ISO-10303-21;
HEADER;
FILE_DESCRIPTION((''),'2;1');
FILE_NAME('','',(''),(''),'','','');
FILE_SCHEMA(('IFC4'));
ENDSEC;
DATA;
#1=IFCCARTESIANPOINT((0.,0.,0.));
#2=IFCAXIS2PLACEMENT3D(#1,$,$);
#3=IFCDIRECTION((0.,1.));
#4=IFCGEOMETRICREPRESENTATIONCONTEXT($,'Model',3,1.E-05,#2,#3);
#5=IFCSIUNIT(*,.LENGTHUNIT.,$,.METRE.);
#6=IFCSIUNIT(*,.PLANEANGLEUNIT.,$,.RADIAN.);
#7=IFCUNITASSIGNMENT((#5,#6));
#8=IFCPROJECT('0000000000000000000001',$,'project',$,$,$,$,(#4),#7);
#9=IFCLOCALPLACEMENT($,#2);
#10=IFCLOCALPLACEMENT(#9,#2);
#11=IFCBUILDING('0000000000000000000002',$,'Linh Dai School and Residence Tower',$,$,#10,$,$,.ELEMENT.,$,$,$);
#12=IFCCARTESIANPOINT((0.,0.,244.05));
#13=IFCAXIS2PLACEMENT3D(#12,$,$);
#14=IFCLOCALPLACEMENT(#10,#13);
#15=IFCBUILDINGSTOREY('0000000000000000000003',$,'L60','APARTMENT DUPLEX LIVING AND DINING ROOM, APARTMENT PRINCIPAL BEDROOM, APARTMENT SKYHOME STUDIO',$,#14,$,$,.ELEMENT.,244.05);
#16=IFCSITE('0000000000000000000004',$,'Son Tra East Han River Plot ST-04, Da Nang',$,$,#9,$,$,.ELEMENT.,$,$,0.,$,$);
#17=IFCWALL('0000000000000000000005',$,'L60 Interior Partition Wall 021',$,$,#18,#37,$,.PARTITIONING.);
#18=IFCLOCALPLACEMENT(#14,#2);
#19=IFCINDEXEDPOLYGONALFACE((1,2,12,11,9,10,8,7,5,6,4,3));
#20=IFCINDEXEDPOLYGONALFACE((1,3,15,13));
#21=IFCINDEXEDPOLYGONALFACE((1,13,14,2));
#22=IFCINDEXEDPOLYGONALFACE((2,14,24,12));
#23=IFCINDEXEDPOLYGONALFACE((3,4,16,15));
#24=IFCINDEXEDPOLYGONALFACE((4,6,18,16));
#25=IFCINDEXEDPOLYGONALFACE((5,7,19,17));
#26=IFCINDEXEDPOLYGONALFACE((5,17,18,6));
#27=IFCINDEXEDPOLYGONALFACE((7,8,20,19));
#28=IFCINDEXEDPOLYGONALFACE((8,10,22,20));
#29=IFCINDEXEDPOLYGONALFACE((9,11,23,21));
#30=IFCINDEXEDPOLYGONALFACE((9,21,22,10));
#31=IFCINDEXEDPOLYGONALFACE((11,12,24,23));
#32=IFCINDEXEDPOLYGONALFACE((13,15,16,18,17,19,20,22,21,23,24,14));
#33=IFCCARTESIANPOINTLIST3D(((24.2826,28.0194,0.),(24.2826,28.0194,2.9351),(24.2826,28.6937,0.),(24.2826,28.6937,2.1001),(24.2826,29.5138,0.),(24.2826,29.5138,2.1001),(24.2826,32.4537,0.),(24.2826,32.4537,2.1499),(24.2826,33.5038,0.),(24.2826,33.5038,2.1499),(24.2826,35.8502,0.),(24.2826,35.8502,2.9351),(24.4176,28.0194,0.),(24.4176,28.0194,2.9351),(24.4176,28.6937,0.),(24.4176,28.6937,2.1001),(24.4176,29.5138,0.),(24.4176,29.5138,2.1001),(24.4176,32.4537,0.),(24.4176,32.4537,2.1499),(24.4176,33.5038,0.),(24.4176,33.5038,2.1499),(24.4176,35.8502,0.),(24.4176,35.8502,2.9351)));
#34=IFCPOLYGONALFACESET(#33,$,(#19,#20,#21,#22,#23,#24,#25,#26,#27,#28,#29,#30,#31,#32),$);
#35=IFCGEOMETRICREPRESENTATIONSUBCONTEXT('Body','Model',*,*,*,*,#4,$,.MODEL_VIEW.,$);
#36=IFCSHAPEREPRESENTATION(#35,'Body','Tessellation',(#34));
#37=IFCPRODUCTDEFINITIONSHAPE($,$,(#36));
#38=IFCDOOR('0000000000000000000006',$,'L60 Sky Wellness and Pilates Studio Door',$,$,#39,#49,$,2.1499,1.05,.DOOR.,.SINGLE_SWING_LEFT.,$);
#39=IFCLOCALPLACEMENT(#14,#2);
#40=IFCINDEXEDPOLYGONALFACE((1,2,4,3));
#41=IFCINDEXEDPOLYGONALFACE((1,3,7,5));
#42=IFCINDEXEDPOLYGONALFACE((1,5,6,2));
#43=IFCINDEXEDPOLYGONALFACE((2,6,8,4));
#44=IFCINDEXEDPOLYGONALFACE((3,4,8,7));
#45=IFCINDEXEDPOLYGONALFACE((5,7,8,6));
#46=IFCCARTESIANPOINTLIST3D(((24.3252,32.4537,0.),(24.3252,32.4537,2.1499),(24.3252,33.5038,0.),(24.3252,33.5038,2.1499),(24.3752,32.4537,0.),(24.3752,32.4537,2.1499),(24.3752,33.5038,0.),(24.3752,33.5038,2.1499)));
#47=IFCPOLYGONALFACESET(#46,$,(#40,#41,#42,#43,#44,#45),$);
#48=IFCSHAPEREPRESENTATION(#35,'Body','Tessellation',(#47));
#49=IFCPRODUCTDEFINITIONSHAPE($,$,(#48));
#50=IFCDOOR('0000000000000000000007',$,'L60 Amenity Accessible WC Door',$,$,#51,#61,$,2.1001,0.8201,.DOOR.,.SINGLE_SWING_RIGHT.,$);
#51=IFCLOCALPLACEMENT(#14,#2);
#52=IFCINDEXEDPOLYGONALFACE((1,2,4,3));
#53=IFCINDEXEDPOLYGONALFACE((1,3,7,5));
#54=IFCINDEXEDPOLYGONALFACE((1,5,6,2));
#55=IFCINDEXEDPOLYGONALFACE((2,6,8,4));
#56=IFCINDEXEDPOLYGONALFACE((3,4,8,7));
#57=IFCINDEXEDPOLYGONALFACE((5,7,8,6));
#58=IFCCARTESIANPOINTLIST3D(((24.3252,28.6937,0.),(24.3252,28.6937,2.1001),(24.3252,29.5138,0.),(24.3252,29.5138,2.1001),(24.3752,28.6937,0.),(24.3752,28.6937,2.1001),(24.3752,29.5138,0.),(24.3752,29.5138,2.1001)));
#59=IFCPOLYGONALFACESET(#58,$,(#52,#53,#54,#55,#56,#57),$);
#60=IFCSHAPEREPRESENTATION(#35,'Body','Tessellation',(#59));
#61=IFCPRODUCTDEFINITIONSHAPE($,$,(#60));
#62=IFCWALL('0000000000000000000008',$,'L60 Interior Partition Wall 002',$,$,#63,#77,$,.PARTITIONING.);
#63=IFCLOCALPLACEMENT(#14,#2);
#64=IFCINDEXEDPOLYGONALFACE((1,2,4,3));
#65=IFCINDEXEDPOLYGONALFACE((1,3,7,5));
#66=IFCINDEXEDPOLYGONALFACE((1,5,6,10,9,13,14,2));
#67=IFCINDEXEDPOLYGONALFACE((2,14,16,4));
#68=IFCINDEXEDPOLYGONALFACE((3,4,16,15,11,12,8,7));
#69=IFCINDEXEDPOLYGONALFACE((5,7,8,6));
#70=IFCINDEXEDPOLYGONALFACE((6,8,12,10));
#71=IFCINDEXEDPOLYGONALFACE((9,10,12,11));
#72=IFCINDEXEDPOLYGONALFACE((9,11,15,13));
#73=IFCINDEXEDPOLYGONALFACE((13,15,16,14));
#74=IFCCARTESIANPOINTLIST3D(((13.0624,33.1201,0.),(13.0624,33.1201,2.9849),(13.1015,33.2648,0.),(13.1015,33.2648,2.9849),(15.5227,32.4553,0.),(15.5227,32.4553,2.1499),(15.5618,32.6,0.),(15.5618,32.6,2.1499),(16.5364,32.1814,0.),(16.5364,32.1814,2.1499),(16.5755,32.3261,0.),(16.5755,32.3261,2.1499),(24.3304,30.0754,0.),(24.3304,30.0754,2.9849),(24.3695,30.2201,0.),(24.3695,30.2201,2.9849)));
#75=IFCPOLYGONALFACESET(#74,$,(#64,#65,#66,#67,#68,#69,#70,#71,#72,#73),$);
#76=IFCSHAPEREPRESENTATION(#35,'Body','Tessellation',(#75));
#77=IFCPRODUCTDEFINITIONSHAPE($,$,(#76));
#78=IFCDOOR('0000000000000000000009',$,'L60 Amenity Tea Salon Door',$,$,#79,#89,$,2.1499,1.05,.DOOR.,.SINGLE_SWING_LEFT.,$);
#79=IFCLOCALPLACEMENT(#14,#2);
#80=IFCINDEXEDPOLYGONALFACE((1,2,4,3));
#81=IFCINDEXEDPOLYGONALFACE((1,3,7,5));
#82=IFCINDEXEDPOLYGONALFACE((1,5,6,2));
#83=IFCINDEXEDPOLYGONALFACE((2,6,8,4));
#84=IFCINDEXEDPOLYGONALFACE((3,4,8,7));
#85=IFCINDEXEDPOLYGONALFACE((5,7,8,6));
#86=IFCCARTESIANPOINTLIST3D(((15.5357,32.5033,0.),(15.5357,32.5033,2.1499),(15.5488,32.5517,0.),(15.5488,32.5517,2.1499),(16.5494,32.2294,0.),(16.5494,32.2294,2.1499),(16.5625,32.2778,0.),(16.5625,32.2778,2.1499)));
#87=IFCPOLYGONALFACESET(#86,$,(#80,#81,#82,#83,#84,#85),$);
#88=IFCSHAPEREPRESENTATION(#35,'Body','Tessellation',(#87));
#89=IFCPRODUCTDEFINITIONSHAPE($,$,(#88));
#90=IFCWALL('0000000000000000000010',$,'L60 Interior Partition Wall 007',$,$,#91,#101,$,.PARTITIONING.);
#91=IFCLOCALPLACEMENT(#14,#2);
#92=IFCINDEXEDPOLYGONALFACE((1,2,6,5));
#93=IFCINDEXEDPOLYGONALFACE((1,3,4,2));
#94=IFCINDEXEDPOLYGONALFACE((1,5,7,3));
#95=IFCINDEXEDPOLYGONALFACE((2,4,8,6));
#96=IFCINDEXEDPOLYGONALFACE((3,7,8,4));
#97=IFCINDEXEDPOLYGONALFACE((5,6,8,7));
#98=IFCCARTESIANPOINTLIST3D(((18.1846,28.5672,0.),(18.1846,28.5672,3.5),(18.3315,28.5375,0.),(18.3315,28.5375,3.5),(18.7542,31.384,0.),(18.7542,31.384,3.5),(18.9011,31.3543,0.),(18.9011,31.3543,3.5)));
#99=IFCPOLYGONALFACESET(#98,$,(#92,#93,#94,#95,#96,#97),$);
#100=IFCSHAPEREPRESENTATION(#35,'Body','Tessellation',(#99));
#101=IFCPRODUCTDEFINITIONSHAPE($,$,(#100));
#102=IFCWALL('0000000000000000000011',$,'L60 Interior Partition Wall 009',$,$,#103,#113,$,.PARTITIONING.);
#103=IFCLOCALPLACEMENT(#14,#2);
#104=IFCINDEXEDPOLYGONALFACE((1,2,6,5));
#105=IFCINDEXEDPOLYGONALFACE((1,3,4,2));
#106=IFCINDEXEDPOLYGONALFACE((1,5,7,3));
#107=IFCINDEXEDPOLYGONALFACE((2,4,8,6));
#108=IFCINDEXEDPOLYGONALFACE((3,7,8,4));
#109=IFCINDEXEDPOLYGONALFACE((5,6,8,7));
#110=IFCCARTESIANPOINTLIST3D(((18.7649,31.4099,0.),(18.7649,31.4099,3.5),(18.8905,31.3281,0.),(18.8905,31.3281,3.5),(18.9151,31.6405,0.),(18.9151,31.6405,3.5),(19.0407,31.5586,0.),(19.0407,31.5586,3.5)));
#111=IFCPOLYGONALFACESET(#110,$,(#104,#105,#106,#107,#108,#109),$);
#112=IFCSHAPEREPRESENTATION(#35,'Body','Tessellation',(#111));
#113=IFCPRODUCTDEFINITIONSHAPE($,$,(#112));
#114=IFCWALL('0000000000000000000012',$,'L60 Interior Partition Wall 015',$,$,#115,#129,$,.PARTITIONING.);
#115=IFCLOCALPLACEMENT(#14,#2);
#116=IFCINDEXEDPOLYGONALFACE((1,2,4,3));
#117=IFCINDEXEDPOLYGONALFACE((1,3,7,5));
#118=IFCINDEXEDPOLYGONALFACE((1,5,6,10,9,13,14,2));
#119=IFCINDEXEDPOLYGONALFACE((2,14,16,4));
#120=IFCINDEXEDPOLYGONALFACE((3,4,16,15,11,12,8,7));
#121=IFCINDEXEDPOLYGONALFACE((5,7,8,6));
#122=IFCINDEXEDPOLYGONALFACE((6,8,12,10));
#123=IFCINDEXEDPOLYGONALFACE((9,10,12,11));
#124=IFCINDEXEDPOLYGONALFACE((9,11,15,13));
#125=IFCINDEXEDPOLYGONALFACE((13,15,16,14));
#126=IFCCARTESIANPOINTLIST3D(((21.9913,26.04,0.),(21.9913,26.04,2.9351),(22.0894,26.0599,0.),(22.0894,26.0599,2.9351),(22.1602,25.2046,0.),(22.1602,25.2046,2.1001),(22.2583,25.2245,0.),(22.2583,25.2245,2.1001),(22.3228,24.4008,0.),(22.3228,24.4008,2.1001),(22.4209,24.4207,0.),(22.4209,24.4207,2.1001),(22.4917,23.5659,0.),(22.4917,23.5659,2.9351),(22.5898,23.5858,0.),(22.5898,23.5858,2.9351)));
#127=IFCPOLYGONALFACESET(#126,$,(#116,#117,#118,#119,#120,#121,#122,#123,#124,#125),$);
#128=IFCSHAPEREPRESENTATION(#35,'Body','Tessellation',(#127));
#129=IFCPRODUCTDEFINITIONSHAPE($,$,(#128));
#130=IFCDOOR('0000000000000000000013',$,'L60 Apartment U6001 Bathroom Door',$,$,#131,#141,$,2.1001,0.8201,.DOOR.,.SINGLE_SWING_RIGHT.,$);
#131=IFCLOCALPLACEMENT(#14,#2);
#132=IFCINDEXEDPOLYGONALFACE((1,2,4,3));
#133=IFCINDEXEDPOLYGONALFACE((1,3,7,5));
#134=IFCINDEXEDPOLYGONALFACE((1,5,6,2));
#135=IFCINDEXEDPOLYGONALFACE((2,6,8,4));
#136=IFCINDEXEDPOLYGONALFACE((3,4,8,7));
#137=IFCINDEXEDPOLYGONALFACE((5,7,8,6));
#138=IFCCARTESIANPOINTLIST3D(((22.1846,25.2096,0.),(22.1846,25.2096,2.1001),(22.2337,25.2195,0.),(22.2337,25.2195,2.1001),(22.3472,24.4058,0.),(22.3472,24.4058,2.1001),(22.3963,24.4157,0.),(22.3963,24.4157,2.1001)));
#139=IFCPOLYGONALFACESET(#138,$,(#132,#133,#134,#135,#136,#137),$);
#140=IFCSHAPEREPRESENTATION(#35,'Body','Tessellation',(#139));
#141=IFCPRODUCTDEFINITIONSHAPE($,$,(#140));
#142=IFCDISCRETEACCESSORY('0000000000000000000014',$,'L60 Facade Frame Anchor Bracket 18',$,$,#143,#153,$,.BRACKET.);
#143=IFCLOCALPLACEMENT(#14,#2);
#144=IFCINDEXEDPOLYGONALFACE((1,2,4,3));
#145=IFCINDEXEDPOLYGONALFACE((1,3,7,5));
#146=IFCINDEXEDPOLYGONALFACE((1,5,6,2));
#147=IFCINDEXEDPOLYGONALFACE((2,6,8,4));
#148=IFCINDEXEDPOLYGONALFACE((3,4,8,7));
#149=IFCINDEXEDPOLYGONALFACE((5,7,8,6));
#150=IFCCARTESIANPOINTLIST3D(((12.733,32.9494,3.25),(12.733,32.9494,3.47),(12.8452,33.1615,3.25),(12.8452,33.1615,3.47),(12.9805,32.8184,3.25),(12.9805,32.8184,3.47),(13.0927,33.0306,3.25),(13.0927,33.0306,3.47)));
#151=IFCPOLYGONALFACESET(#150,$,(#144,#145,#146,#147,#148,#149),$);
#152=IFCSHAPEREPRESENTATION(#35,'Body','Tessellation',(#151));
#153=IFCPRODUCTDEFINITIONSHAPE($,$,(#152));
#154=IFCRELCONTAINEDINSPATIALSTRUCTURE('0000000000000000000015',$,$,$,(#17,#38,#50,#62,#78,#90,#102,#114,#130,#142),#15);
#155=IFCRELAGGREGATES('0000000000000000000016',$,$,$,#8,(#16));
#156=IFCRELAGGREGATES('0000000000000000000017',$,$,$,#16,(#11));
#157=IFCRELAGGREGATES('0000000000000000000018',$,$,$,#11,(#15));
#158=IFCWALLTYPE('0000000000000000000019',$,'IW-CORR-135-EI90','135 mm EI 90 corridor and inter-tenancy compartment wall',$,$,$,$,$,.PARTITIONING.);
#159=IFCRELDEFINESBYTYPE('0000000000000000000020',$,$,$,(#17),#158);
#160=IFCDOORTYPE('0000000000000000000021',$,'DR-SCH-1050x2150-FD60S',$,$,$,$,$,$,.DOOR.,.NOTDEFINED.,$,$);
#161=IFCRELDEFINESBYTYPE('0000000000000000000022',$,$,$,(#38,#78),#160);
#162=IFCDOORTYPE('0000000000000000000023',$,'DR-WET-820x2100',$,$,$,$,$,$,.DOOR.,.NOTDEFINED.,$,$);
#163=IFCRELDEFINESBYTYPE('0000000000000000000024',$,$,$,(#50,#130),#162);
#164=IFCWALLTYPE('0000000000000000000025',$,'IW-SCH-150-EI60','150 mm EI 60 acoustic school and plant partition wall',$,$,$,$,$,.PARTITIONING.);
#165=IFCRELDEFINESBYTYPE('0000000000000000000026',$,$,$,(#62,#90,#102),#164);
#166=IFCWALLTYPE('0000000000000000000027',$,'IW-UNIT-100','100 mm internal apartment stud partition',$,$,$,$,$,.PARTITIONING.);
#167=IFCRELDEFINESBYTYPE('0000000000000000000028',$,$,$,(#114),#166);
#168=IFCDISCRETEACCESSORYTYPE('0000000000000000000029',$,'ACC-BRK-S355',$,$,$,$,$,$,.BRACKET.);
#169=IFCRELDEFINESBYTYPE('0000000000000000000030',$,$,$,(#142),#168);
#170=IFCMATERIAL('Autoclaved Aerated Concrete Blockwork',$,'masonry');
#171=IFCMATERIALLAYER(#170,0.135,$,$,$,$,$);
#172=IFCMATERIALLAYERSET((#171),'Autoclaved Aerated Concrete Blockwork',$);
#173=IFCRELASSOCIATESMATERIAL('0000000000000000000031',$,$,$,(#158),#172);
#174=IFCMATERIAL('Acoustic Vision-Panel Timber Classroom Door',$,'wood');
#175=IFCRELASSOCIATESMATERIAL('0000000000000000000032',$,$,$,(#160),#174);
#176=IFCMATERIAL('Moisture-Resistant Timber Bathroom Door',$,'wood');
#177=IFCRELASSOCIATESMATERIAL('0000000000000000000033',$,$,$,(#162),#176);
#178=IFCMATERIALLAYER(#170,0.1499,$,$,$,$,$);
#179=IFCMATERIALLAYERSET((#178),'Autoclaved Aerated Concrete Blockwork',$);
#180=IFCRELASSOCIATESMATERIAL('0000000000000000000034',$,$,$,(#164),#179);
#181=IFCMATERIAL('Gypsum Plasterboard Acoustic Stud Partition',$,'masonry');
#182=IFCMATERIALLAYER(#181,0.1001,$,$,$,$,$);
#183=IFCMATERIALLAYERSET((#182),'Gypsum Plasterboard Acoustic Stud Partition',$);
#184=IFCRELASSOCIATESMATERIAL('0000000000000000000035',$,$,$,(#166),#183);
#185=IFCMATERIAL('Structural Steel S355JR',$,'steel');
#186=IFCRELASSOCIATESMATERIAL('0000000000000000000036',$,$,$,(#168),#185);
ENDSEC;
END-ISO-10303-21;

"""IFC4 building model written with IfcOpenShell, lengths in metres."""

from ifc_helpers import new_model, si_unit, direction, frame, frame_2d, origin, origin_2d, place, context, subcontext, project, spatial, rectangle, extrude, source, transform, mapped, material, layer, layer_set, type_object, element, fill, save


model = new_model("IFC4")

# Units and contexts
model_context = context("Model", 3, precision=1e-05, world=origin(), true_north=direction((0.0, 1.0)))
body_context = subcontext(model_context, "Body", "Model", "MODEL_VIEW")
ifc_project = project(units=[si_unit("LENGTHUNIT", "METRE"), si_unit("PLANEANGLEUNIT", "RADIAN")], contexts=[model_context])

# Site, building, storey
site_placement = place(None, origin())
site = spatial("IfcSite", under=ifc_project, at=site_placement, Name="Son Tra East Han River Plot ST-04, Da Nang", CompositionType="ELEMENT", RefElevation=0.0)
building_placement = place(site_placement, origin())
building = spatial("IfcBuilding", under=site, at=building_placement, Name="Linh Dai School and Residence Tower", CompositionType="ELEMENT")
storey_placement = place(building_placement, frame((0.0, 0.0, 244.05)))
storey = spatial("IfcBuildingStorey", under=building, at=storey_placement, Name="L60", Description="APARTMENT DUPLEX LIVING AND DINING ROOM, APARTMENT PRINCIPAL BEDROOM, APARTMENT SKYHOME STUDIO", CompositionType="ELEMENT", Elevation=244.05)

# Shared definitions
ifc_material_1 = material(Name="Structural Steel S355JR", Category="steel")

# Shared definitions
ifc_material_2 = material(Name="Autoclaved Aerated Concrete Blockwork", Category="masonry")
ifc_layer_1 = layer(ifc_material_2, 0.135)
ifc_layer_set_1 = layer_set([ifc_layer_1], Name="Autoclaved Aerated Concrete Blockwork")
wall_type_1 = type_object("IfcWallType", Name="IW-CORR-135-EI90", Description="135 mm EI 90 corridor and inter-tenancy compartment wall", PredefinedType="PARTITIONING", material=ifc_layer_set_1)

# Wall, openings, doors
wall_1_placement = place(storey_placement, frame((24.3501, 28.0193, 0.0), z_axis=(0.0, 0.0, 1.0), x_axis=(0.0, 1.0, 0.0)))
wall_1 = element("IfcWall", 1, at=wall_1_placement, inside=storey, type_object=wall_type_1, Name="L60 Interior Partition Wall 021", PredefinedType="PARTITIONING", context=body_context, shape_type="SweptSolid", body=[
    extrude(rectangle(XDim=7.8308, YDim=0.135, at=frame_2d((3.9155, 0.0))), origin(), (0.0, 0.0, 1.0), 2.9351),
])
opening_1_placement = place(wall_1_placement, frame((4.4346, 0.0, 0.0)))
opening_1 = element("IfcOpeningElement", 2, at=opening_1_placement, cuts=wall_1, PredefinedType="OPENING", context=body_context, shape_type="SweptSolid", body=[
    extrude(rectangle(XDim=1.05, YDim=2.1499, at=origin_2d()), frame((0.5249, 0.0776, 1.075), z_axis=(0.0, -1.0, 0.0), x_axis=(1.0, 0.0, 0.0)), (0.0, 0.0, 1.0), 0.155),
])
opening_2_placement = place(wall_1_placement, frame((0.6743, 0.0, 0.0)))
opening_2 = element("IfcOpeningElement", 3, at=opening_2_placement, cuts=wall_1, PredefinedType="OPENING", context=body_context, shape_type="SweptSolid", body=[
    extrude(rectangle(XDim=0.8201, YDim=2.1001, at=origin_2d()), frame((0.4102, 0.0776, 1.05), z_axis=(0.0, -1.0, 0.0), x_axis=(1.0, 0.0, 0.0)), (0.0, 0.0, 1.0), 0.155),
])
ifc_material_3 = material(Name="Acoustic Vision-Panel Timber Classroom Door", Category="wood")
door_type_1 = type_object("IfcDoorType", Name="DR-SCH-1050x2150-FD60S", OperationType="NOTDEFINED", PredefinedType="DOOR", material=ifc_material_3)
shared_shape_1 = source(origin(), body_context, "Body", "SweptSolid", [
    extrude(rectangle(XDim=1.05, YDim=2.1499, at=origin_2d()), frame((0.5249, 0.0249, 1.075), z_axis=(0.0, -1.0, 0.0), x_axis=(1.0, 0.0, 0.0)), (0.0, 0.0, 1.0), 0.05),
])
door_1_placement = place(opening_1_placement, origin())
door_1 = element("IfcDoor", 4, at=door_1_placement, inside=storey, type_object=door_type_1, Name="L60 Sky Wellness and Pilates Studio Door", OperationType="SINGLE_SWING_LEFT", OverallHeight=2.1499, OverallWidth=1.05, PredefinedType="DOOR", context=body_context, shape_type="MappedRepresentation", body=[
    mapped(shared_shape_1, transform((0.0, 0.0, 0.0), x_axis=(1.0, 0.0, 0.0), y_axis=(0.0, 1.0, 0.0), z_axis=(0.0, 0.0, 1.0), scale=1.0)),
])
fill(opening_1, door_1)
ifc_material_4 = material(Name="Moisture-Resistant Timber Bathroom Door", Category="wood")
door_type_2 = type_object("IfcDoorType", Name="DR-WET-820x2100", OperationType="NOTDEFINED", PredefinedType="DOOR", material=ifc_material_4)
shared_shape_2 = source(origin(), body_context, "Body", "SweptSolid", [
    extrude(rectangle(XDim=0.8201, YDim=2.1001, at=origin_2d()), frame((0.4102, 0.0249, 1.05), z_axis=(0.0, -1.0, 0.0), x_axis=(1.0, 0.0, 0.0)), (0.0, 0.0, 1.0), 0.05),
])
door_2_placement = place(opening_2_placement, origin())
door_2 = element("IfcDoor", 5, at=door_2_placement, inside=storey, type_object=door_type_2, Name="L60 Amenity Accessible WC Door", OperationType="SINGLE_SWING_RIGHT", OverallHeight=2.1001, OverallWidth=0.8201, PredefinedType="DOOR", context=body_context, shape_type="MappedRepresentation", body=[
    mapped(shared_shape_2, transform((0.0, 0.0, 0.0), x_axis=(1.0, 0.0, 0.0), y_axis=(0.0, 1.0, 0.0), z_axis=(0.0, 0.0, 1.0), scale=1.0)),
])
fill(opening_2, door_2)

# Wall, opening, door
ifc_layer_2 = layer(ifc_material_2, 0.1499)
ifc_layer_set_2 = layer_set([ifc_layer_2], Name="Autoclaved Aerated Concrete Blockwork")
wall_type_2 = type_object("IfcWallType", Name="IW-SCH-150-EI60", Description="150 mm EI 60 acoustic school and plant partition wall", PredefinedType="PARTITIONING", material=ifc_layer_set_2)
wall_2_placement = place(storey_placement, frame((13.082, 33.1924, 0.0), z_axis=(0.0, 0.0, 1.0), x_axis=(0.965379, -0.260849, 0.0)))
wall_2 = element("IfcWall", 6, at=wall_2_placement, inside=storey, type_object=wall_type_2, Name="L60 Interior Partition Wall 002", PredefinedType="PARTITIONING", context=body_context, shape_type="SweptSolid", body=[
    extrude(rectangle(XDim=11.6721, YDim=0.1499, at=frame_2d((5.8359, 0.0))), origin(), (0.0, 0.0, 1.0), 2.9849),
])
opening_3_placement = place(wall_2_placement, frame((2.5486, 0.0, 0.0)))
opening_3 = element("IfcOpeningElement", 7, at=opening_3_placement, cuts=wall_2, PredefinedType="OPENING", context=body_context, shape_type="SweptSolid", body=[
    extrude(rectangle(XDim=1.05, YDim=2.1499, at=origin_2d()), frame((0.5249, 0.085, 1.075), z_axis=(0.0, -1.0, 0.0), x_axis=(1.0, 0.0, 0.0)), (0.0, 0.0, 1.0), 0.1699),
])
door_3_placement = place(opening_3_placement, origin())
door_3 = element("IfcDoor", 8, at=door_3_placement, inside=storey, type_object=door_type_1, Name="L60 Amenity Tea Salon Door", OperationType="SINGLE_SWING_LEFT", OverallHeight=2.1499, OverallWidth=1.05, PredefinedType="DOOR", context=body_context, shape_type="MappedRepresentation", body=[
    mapped(shared_shape_1, transform((0.0, 0.0, 0.0), x_axis=(1.0, 0.0, 0.0), y_axis=(0.0, 1.0, 0.0), z_axis=(0.0, 0.0, 1.0), scale=1.0)),
])
fill(opening_3, door_3)

# Walls
wall_3_placement = place(storey_placement, frame((18.2581, 28.5522, 0.0), z_axis=(0.0, 0.0, 1.0), x_axis=(0.198207, 0.98016, 0.0)))
element("IfcWall", 9, at=wall_3_placement, inside=storey, type_object=wall_type_2, Name="L60 Interior Partition Wall 007", PredefinedType="PARTITIONING", context=body_context, shape_type="SweptSolid", body=[
    extrude(rectangle(XDim=2.8738, YDim=0.1499, at=frame_2d((1.437, 0.0))), origin(), (0.0, 0.0, 1.0), 3.5),
])
wall_4_placement = place(storey_placement, frame((18.8276, 31.3689, 0.0), z_axis=(0.0, 0.0, 1.0), x_axis=(0.545862, 0.837875, 0.0)))
element("IfcWall", 10, at=wall_4_placement, inside=storey, type_object=wall_type_2, Name="L60 Interior Partition Wall 009", PredefinedType="PARTITIONING", context=body_context, shape_type="SweptSolid", body=[
    extrude(rectangle(XDim=0.2751, YDim=0.1499, at=frame_2d((0.1377, 0.0))), origin(), (0.0, 0.0, 1.0), 3.5),
])

# Wall, opening, door
ifc_material_5 = material(Name="Gypsum Plasterboard Acoustic Stud Partition", Category="masonry")
ifc_layer_3 = layer(ifc_material_5, 0.1001)
ifc_layer_set_3 = layer_set([ifc_layer_3], Name="Gypsum Plasterboard Acoustic Stud Partition")
wall_type_3 = type_object("IfcWallType", Name="IW-UNIT-100", Description="100 mm internal apartment stud partition", PredefinedType="PARTITIONING", material=ifc_layer_set_3)
wall_5_placement = place(storey_placement, frame((22.0403, 26.05, 0.0), z_axis=(0.0, 0.0, 1.0), x_axis=(0.198273, -0.980147, 0.0)))
wall_5 = element("IfcWall", 11, at=wall_5_placement, inside=storey, type_object=wall_type_3, Name="L60 Interior Partition Wall 015", PredefinedType="PARTITIONING", context=body_context, shape_type="SweptSolid", body=[
    extrude(rectangle(XDim=2.5242, YDim=0.1001, at=frame_2d((1.2622, 0.0))), origin(), (0.0, 0.0, 1.0), 2.9351),
])
opening_4_placement = place(wall_5_placement, frame((0.8523, 0.0, 0.0)))
opening_4 = element("IfcOpeningElement", 12, at=opening_4_placement, cuts=wall_5, PredefinedType="OPENING", context=body_context, shape_type="SweptSolid", body=[
    extrude(rectangle(XDim=0.8201, YDim=2.1001, at=origin_2d()), frame((0.4102, 0.0601, 1.05), z_axis=(0.0, -1.0, 0.0), x_axis=(1.0, 0.0, 0.0)), (0.0, 0.0, 1.0), 0.1201),
])
door_4_placement = place(opening_4_placement, origin())
door_4 = element("IfcDoor", 13, at=door_4_placement, inside=storey, type_object=door_type_2, Name="L60 Apartment U6001 Bathroom Door", OperationType="SINGLE_SWING_RIGHT", OverallHeight=2.1001, OverallWidth=0.8201, PredefinedType="DOOR", context=body_context, shape_type="MappedRepresentation", body=[
    mapped(shared_shape_2, transform((0.0, 0.0, 0.0), x_axis=(1.0, 0.0, 0.0), y_axis=(0.0, 1.0, 0.0), z_axis=(0.0, 0.0, 1.0), scale=1.0)),
])
fill(opening_4, door_4)

# Discrete accessory
discrete_accessory_type = type_object("IfcDiscreteAccessoryType", Name="ACC-BRK-S355", PredefinedType="BRACKET", material=ifc_material_1)
shared_shape_3 = source(origin(), body_context, "Body", "SweptSolid", [
    extrude(rectangle(XDim=0.28, YDim=0.24, at=origin_2d()), origin(), (0.0, 0.0, 1.0), 0.22),
])
discrete_accessory_placement = place(storey_placement, frame((12.9128, 32.99, 3.25), z_axis=(0.0, 0.0, 1.0), x_axis=(-0.883929, 0.467621, 0.0)))
element("IfcDiscreteAccessory", 14, at=discrete_accessory_placement, inside=storey, type_object=discrete_accessory_type, Name="L60 Facade Frame Anchor Bracket 18", PredefinedType="BRACKET", context=body_context, shape_type="MappedRepresentation", body=[
    mapped(shared_shape_3, transform((0.0, 0.0, 0.0), x_axis=(1.0, 0.0, 0.0), y_axis=(0.0, 1.0, 0.0), z_axis=(0.0, 0.0, 1.0), scale=1.0)),
])

save(model, "model.ifc")
